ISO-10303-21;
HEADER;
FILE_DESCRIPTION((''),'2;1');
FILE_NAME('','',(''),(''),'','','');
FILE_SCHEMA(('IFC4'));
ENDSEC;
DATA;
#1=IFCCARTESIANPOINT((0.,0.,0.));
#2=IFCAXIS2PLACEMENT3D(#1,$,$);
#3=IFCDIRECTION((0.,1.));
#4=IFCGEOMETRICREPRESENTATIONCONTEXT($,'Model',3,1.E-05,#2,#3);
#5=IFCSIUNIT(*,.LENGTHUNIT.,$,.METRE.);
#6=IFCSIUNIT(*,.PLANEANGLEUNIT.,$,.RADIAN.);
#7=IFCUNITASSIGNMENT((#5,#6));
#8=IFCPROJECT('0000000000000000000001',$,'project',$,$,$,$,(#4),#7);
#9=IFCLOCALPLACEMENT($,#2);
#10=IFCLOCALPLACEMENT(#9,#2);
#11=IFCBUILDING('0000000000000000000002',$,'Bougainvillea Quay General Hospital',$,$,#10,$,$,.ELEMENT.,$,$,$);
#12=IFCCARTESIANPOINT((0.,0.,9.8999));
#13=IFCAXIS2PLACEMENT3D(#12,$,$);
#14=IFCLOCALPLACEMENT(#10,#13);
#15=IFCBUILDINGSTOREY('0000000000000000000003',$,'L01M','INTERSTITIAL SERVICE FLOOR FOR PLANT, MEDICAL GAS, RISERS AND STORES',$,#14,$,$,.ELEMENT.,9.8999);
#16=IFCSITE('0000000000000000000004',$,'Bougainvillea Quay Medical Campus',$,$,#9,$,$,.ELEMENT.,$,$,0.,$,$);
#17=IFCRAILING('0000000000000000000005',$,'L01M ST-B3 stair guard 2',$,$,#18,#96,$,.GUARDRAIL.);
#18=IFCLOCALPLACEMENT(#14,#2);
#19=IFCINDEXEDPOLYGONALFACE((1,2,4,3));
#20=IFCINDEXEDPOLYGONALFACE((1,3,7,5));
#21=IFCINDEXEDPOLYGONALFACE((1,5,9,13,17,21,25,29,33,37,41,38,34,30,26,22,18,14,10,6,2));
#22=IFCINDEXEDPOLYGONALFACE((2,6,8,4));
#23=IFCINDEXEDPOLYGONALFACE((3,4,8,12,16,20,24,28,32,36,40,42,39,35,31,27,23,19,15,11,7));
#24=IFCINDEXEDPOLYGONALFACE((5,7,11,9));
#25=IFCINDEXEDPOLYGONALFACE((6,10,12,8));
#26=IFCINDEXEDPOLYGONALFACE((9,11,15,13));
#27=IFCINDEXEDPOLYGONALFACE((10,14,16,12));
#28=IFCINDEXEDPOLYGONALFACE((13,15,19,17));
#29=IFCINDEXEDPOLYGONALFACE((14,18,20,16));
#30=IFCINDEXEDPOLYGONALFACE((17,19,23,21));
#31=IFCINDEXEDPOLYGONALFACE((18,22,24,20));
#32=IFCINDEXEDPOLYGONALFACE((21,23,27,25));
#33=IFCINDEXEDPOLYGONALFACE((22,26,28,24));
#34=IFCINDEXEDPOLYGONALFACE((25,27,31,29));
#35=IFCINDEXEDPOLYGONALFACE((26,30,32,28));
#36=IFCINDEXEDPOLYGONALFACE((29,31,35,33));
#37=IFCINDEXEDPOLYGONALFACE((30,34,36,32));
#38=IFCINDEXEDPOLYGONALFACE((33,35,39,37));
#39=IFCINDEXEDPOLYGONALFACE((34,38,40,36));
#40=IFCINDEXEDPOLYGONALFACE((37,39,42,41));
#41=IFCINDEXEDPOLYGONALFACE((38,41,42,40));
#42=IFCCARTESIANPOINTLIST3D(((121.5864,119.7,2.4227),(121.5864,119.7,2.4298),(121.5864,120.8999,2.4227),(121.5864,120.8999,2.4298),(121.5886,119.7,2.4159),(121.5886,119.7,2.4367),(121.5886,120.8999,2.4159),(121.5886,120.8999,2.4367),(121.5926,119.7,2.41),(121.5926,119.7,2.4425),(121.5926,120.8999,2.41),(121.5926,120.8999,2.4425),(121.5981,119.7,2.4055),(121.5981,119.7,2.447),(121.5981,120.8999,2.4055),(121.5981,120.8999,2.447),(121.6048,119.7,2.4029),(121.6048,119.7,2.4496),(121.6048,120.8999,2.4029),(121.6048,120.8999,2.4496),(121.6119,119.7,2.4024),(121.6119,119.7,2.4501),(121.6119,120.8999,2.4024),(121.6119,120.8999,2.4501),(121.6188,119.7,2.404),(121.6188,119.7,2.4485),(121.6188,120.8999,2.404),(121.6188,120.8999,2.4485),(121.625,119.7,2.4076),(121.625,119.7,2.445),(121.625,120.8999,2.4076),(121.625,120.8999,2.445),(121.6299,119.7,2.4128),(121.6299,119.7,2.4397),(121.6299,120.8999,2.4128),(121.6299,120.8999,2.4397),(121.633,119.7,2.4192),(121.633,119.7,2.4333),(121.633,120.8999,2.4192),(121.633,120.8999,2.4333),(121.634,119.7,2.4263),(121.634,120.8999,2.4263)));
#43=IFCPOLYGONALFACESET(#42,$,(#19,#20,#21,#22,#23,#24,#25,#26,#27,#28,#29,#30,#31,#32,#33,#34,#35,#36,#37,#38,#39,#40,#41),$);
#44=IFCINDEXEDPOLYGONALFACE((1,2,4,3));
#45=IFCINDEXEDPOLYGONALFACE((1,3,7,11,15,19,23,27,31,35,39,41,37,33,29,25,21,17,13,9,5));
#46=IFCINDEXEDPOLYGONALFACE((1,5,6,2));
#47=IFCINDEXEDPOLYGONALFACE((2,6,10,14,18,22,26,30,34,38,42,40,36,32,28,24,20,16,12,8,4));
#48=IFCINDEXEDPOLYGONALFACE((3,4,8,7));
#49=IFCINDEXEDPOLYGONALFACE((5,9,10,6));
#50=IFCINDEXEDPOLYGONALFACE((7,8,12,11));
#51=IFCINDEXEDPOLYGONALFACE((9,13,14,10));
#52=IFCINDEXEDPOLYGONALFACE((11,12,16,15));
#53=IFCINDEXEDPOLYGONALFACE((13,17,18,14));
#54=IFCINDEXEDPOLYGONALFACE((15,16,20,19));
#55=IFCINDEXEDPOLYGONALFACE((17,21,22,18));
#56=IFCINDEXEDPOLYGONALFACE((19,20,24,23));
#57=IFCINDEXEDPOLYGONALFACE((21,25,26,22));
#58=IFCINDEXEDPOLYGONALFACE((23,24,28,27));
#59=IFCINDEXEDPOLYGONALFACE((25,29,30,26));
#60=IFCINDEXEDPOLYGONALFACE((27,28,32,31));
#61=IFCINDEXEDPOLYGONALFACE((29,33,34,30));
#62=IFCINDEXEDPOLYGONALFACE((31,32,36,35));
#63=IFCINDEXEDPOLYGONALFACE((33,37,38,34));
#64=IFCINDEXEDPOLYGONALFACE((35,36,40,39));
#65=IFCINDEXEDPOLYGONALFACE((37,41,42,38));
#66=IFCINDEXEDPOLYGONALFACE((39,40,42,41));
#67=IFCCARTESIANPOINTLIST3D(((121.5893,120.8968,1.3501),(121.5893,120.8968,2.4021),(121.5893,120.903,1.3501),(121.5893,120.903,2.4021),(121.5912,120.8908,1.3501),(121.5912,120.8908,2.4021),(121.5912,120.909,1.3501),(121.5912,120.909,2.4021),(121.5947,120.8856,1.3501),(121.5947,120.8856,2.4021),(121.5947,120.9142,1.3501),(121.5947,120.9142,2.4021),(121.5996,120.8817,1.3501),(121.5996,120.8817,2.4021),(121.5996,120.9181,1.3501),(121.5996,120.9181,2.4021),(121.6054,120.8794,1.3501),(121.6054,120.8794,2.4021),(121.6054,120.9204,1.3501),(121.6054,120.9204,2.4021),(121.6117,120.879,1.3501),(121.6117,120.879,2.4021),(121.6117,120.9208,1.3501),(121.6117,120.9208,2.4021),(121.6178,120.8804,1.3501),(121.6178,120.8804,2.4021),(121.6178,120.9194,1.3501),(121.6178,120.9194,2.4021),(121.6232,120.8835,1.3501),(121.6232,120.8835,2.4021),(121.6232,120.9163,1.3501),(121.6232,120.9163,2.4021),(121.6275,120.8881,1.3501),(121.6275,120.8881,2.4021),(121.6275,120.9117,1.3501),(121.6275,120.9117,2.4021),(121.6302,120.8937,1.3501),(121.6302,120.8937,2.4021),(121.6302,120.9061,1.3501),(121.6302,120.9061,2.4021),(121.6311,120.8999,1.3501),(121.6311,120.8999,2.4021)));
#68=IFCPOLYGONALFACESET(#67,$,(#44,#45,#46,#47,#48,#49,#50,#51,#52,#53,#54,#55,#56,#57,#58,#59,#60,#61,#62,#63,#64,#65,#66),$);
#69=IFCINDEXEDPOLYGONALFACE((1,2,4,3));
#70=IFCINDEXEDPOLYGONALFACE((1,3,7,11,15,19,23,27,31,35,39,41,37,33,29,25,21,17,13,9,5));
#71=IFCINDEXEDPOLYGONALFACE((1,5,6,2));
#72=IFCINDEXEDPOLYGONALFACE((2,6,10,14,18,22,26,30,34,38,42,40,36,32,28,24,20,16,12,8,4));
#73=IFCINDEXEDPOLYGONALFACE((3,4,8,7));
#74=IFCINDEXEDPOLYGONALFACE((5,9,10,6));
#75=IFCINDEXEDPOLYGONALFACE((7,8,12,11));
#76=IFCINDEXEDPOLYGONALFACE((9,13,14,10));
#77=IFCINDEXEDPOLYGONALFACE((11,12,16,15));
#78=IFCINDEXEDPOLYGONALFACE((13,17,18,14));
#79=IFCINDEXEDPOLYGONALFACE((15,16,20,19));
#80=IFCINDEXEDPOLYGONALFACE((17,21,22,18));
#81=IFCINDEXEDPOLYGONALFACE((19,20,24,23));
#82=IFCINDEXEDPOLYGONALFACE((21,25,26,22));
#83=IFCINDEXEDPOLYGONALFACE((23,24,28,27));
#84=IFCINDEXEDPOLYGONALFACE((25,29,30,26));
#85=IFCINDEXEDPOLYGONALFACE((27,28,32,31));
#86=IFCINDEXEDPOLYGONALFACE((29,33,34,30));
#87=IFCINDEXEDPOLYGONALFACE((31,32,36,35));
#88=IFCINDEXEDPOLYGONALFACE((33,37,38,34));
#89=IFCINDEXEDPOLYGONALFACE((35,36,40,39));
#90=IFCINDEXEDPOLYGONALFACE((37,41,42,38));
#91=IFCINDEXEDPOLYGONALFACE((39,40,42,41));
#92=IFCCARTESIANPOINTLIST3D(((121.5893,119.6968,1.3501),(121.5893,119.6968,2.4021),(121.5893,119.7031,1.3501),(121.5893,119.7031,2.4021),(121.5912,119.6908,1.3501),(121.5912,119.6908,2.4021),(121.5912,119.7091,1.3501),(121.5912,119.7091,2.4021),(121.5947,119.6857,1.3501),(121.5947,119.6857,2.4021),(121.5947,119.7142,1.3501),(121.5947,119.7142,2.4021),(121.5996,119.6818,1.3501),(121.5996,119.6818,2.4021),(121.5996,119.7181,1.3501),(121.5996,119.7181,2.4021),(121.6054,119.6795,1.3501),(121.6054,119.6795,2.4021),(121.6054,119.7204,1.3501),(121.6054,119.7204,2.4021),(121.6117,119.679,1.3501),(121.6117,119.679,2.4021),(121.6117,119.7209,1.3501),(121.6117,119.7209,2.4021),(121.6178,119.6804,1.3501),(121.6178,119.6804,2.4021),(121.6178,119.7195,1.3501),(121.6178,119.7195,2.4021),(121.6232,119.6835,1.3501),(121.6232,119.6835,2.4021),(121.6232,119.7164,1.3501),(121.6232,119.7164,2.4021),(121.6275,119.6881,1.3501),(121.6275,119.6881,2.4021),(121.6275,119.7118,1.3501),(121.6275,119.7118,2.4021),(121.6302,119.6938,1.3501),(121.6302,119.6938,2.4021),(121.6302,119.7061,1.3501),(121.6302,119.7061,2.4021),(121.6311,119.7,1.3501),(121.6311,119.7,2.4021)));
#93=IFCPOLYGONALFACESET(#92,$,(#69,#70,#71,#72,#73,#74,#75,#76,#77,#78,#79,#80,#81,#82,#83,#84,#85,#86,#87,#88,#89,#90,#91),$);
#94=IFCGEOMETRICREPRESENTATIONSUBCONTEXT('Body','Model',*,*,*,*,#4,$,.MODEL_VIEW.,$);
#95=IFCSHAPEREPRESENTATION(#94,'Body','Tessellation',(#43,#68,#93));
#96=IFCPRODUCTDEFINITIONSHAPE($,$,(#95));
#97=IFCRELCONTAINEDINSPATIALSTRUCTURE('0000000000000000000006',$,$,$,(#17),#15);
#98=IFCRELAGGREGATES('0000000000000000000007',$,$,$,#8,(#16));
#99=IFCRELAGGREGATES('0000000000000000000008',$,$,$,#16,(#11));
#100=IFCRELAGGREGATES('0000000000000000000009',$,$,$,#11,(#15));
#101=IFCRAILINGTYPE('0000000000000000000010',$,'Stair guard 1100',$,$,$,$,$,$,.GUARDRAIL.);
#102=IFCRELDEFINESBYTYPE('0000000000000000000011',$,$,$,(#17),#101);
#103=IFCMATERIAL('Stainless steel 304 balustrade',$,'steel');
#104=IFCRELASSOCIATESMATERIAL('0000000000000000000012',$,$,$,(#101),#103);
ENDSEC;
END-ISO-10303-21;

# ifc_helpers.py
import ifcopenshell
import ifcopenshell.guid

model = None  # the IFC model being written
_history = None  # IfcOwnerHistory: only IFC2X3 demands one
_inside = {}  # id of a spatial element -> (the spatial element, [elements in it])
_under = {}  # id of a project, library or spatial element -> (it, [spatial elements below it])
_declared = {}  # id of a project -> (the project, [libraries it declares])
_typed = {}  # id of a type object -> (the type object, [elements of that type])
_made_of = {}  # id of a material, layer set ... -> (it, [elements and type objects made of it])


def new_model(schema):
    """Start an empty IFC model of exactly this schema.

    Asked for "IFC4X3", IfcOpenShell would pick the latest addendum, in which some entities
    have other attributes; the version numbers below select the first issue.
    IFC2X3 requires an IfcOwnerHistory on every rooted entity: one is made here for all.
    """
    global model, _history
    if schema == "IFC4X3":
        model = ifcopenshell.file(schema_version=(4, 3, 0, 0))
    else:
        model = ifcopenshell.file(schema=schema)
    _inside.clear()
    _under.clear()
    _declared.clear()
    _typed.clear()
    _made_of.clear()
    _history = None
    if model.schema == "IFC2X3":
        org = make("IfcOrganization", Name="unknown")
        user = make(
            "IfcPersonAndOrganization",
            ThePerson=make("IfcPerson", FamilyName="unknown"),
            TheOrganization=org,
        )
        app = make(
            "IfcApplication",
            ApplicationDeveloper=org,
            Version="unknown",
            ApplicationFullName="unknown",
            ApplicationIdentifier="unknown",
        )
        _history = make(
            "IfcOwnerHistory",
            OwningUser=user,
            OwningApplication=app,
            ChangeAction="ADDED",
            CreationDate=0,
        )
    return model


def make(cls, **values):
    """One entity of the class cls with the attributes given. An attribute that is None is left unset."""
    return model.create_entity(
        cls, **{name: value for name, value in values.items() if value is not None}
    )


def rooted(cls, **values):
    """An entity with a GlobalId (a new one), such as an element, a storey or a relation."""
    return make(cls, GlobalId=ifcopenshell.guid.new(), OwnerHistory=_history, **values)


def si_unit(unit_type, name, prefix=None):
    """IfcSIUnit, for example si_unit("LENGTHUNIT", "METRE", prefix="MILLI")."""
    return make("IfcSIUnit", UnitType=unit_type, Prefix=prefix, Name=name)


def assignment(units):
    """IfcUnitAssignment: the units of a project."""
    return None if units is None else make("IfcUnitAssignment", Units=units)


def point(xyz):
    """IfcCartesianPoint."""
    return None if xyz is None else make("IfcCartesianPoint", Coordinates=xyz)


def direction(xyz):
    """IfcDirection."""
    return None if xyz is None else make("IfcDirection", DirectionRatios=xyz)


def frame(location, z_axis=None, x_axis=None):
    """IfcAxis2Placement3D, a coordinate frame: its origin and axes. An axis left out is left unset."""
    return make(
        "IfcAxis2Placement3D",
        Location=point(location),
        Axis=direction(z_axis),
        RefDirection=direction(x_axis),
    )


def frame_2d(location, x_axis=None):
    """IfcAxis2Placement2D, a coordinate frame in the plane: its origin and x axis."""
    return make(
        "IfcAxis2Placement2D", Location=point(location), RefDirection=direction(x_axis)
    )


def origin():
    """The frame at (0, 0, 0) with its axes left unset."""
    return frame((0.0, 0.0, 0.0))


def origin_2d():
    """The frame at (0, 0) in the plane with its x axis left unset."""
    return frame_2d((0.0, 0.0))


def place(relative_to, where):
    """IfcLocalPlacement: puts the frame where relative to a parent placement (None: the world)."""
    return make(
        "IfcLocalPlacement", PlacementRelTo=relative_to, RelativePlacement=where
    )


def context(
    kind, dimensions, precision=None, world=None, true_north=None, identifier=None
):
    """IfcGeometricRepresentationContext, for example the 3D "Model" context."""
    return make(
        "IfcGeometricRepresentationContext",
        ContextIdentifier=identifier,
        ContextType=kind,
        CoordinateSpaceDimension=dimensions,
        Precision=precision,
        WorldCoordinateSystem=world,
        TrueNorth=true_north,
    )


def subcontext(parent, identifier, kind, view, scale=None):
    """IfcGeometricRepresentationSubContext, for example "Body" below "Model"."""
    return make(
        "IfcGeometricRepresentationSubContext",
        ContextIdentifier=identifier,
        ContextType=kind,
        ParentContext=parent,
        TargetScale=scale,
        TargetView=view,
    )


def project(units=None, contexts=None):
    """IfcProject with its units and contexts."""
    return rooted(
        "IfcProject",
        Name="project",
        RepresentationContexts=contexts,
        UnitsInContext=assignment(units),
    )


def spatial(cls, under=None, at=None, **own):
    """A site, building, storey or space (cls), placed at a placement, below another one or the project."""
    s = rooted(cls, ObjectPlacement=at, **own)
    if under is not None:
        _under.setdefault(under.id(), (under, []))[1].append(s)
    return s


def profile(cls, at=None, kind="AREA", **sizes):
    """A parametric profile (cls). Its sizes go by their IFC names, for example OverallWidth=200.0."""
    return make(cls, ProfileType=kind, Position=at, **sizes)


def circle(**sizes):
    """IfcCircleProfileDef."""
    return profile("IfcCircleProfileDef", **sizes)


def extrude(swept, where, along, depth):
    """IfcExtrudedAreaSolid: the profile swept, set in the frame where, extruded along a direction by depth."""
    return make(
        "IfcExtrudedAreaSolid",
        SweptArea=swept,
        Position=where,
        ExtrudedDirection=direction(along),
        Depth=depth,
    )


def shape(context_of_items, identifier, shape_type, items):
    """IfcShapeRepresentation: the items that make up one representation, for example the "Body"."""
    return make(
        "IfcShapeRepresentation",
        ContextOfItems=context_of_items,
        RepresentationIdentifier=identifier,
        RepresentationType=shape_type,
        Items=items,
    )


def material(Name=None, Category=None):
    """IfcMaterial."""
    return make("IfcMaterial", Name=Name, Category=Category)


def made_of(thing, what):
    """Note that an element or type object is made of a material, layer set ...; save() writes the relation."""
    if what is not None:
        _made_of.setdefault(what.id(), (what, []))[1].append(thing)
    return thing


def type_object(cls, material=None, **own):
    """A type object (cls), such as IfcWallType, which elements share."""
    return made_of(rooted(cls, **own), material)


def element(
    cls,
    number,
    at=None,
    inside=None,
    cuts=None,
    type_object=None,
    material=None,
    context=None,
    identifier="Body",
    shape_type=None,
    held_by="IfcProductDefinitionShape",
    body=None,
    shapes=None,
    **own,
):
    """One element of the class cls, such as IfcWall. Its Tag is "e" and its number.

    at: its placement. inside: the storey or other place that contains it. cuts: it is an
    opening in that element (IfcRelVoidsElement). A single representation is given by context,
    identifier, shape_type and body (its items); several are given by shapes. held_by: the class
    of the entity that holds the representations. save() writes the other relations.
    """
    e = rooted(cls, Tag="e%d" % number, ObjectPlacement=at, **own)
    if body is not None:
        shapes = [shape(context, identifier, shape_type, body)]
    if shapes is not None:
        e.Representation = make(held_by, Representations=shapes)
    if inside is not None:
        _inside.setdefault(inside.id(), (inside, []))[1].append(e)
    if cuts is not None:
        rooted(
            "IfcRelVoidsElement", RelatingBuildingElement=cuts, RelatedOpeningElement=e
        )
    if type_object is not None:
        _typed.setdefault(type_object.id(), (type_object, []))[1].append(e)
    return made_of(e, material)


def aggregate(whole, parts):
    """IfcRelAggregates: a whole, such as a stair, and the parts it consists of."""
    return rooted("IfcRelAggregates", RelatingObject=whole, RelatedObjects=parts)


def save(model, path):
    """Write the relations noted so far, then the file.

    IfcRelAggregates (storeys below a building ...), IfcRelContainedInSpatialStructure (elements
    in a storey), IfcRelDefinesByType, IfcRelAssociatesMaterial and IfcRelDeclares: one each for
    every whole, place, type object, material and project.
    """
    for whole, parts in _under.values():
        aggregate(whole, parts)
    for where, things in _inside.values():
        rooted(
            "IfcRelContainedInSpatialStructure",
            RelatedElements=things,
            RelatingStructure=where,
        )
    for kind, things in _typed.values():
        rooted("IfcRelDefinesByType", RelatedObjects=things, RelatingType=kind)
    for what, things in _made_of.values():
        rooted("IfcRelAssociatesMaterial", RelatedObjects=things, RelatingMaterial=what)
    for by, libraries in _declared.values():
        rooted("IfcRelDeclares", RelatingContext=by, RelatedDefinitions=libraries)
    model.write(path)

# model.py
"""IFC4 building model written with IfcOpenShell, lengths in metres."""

from ifc_helpers import new_model, si_unit, direction, frame, origin, origin_2d, place, context, subcontext, project, spatial, circle, extrude, material, type_object, element, save


model = new_model("IFC4")

# Units and contexts
model_context = context("Model", 3, precision=1e-05, world=origin(), true_north=direction((0.0, 1.0)))
body_context = subcontext(model_context, "Body", "Model", "MODEL_VIEW")
ifc_project = project(units=[si_unit("LENGTHUNIT", "METRE"), si_unit("PLANEANGLEUNIT", "RADIAN")], contexts=[model_context])

# Site, building, storey
site_placement = place(None, origin())
site = spatial("IfcSite", under=ifc_project, at=site_placement, Name="Bougainvillea Quay Medical Campus", CompositionType="ELEMENT", RefElevation=0.0)
building_placement = place(site_placement, origin())
building = spatial("IfcBuilding", under=site, at=building_placement, Name="Bougainvillea Quay General Hospital", CompositionType="ELEMENT")
storey_placement = place(building_placement, frame((0.0, 0.0, 9.8999)))
storey = spatial("IfcBuildingStorey", under=building, at=storey_placement, Name="L01M", Description="INTERSTITIAL SERVICE FLOOR FOR PLANT, MEDICAL GAS, RISERS AND STORES", CompositionType="ELEMENT", Elevation=9.8999)

# Railing
ifc_material_1 = material(Name="Stainless steel 304 balustrade", Category="steel")
railing_type_1 = type_object("IfcRailingType", Name="Stair guard 1100", PredefinedType="GUARDRAIL", material=ifc_material_1)
railing_1_placement = place(storey_placement, frame((121.6101, 120.8999, 1.3501)))
element("IfcRailing", 1, at=railing_1_placement, inside=storey, type_object=railing_type_1, Name="L01M ST-B3 stair guard 2", PredefinedType="GUARDRAIL", context=body_context, shape_type="SweptSolid", body=[
    extrude(circle(Radius=0.0239, at=origin_2d()), frame((0.0, 0.0, 1.0762), z_axis=(0.0, -1.0, 0.0), x_axis=(1.0, 0.0, 0.0)), (0.0, 0.0, 1.0), 1.2),
    extrude(circle(Radius=0.021, at=origin_2d()), origin(), (0.0, 0.0, 1.0), 1.052),
    extrude(circle(Radius=0.021, at=origin_2d()), frame((0.0, -1.2, 0.0)), (0.0, 0.0, 1.0), 1.052),
])

save(model, "model.ifc")
